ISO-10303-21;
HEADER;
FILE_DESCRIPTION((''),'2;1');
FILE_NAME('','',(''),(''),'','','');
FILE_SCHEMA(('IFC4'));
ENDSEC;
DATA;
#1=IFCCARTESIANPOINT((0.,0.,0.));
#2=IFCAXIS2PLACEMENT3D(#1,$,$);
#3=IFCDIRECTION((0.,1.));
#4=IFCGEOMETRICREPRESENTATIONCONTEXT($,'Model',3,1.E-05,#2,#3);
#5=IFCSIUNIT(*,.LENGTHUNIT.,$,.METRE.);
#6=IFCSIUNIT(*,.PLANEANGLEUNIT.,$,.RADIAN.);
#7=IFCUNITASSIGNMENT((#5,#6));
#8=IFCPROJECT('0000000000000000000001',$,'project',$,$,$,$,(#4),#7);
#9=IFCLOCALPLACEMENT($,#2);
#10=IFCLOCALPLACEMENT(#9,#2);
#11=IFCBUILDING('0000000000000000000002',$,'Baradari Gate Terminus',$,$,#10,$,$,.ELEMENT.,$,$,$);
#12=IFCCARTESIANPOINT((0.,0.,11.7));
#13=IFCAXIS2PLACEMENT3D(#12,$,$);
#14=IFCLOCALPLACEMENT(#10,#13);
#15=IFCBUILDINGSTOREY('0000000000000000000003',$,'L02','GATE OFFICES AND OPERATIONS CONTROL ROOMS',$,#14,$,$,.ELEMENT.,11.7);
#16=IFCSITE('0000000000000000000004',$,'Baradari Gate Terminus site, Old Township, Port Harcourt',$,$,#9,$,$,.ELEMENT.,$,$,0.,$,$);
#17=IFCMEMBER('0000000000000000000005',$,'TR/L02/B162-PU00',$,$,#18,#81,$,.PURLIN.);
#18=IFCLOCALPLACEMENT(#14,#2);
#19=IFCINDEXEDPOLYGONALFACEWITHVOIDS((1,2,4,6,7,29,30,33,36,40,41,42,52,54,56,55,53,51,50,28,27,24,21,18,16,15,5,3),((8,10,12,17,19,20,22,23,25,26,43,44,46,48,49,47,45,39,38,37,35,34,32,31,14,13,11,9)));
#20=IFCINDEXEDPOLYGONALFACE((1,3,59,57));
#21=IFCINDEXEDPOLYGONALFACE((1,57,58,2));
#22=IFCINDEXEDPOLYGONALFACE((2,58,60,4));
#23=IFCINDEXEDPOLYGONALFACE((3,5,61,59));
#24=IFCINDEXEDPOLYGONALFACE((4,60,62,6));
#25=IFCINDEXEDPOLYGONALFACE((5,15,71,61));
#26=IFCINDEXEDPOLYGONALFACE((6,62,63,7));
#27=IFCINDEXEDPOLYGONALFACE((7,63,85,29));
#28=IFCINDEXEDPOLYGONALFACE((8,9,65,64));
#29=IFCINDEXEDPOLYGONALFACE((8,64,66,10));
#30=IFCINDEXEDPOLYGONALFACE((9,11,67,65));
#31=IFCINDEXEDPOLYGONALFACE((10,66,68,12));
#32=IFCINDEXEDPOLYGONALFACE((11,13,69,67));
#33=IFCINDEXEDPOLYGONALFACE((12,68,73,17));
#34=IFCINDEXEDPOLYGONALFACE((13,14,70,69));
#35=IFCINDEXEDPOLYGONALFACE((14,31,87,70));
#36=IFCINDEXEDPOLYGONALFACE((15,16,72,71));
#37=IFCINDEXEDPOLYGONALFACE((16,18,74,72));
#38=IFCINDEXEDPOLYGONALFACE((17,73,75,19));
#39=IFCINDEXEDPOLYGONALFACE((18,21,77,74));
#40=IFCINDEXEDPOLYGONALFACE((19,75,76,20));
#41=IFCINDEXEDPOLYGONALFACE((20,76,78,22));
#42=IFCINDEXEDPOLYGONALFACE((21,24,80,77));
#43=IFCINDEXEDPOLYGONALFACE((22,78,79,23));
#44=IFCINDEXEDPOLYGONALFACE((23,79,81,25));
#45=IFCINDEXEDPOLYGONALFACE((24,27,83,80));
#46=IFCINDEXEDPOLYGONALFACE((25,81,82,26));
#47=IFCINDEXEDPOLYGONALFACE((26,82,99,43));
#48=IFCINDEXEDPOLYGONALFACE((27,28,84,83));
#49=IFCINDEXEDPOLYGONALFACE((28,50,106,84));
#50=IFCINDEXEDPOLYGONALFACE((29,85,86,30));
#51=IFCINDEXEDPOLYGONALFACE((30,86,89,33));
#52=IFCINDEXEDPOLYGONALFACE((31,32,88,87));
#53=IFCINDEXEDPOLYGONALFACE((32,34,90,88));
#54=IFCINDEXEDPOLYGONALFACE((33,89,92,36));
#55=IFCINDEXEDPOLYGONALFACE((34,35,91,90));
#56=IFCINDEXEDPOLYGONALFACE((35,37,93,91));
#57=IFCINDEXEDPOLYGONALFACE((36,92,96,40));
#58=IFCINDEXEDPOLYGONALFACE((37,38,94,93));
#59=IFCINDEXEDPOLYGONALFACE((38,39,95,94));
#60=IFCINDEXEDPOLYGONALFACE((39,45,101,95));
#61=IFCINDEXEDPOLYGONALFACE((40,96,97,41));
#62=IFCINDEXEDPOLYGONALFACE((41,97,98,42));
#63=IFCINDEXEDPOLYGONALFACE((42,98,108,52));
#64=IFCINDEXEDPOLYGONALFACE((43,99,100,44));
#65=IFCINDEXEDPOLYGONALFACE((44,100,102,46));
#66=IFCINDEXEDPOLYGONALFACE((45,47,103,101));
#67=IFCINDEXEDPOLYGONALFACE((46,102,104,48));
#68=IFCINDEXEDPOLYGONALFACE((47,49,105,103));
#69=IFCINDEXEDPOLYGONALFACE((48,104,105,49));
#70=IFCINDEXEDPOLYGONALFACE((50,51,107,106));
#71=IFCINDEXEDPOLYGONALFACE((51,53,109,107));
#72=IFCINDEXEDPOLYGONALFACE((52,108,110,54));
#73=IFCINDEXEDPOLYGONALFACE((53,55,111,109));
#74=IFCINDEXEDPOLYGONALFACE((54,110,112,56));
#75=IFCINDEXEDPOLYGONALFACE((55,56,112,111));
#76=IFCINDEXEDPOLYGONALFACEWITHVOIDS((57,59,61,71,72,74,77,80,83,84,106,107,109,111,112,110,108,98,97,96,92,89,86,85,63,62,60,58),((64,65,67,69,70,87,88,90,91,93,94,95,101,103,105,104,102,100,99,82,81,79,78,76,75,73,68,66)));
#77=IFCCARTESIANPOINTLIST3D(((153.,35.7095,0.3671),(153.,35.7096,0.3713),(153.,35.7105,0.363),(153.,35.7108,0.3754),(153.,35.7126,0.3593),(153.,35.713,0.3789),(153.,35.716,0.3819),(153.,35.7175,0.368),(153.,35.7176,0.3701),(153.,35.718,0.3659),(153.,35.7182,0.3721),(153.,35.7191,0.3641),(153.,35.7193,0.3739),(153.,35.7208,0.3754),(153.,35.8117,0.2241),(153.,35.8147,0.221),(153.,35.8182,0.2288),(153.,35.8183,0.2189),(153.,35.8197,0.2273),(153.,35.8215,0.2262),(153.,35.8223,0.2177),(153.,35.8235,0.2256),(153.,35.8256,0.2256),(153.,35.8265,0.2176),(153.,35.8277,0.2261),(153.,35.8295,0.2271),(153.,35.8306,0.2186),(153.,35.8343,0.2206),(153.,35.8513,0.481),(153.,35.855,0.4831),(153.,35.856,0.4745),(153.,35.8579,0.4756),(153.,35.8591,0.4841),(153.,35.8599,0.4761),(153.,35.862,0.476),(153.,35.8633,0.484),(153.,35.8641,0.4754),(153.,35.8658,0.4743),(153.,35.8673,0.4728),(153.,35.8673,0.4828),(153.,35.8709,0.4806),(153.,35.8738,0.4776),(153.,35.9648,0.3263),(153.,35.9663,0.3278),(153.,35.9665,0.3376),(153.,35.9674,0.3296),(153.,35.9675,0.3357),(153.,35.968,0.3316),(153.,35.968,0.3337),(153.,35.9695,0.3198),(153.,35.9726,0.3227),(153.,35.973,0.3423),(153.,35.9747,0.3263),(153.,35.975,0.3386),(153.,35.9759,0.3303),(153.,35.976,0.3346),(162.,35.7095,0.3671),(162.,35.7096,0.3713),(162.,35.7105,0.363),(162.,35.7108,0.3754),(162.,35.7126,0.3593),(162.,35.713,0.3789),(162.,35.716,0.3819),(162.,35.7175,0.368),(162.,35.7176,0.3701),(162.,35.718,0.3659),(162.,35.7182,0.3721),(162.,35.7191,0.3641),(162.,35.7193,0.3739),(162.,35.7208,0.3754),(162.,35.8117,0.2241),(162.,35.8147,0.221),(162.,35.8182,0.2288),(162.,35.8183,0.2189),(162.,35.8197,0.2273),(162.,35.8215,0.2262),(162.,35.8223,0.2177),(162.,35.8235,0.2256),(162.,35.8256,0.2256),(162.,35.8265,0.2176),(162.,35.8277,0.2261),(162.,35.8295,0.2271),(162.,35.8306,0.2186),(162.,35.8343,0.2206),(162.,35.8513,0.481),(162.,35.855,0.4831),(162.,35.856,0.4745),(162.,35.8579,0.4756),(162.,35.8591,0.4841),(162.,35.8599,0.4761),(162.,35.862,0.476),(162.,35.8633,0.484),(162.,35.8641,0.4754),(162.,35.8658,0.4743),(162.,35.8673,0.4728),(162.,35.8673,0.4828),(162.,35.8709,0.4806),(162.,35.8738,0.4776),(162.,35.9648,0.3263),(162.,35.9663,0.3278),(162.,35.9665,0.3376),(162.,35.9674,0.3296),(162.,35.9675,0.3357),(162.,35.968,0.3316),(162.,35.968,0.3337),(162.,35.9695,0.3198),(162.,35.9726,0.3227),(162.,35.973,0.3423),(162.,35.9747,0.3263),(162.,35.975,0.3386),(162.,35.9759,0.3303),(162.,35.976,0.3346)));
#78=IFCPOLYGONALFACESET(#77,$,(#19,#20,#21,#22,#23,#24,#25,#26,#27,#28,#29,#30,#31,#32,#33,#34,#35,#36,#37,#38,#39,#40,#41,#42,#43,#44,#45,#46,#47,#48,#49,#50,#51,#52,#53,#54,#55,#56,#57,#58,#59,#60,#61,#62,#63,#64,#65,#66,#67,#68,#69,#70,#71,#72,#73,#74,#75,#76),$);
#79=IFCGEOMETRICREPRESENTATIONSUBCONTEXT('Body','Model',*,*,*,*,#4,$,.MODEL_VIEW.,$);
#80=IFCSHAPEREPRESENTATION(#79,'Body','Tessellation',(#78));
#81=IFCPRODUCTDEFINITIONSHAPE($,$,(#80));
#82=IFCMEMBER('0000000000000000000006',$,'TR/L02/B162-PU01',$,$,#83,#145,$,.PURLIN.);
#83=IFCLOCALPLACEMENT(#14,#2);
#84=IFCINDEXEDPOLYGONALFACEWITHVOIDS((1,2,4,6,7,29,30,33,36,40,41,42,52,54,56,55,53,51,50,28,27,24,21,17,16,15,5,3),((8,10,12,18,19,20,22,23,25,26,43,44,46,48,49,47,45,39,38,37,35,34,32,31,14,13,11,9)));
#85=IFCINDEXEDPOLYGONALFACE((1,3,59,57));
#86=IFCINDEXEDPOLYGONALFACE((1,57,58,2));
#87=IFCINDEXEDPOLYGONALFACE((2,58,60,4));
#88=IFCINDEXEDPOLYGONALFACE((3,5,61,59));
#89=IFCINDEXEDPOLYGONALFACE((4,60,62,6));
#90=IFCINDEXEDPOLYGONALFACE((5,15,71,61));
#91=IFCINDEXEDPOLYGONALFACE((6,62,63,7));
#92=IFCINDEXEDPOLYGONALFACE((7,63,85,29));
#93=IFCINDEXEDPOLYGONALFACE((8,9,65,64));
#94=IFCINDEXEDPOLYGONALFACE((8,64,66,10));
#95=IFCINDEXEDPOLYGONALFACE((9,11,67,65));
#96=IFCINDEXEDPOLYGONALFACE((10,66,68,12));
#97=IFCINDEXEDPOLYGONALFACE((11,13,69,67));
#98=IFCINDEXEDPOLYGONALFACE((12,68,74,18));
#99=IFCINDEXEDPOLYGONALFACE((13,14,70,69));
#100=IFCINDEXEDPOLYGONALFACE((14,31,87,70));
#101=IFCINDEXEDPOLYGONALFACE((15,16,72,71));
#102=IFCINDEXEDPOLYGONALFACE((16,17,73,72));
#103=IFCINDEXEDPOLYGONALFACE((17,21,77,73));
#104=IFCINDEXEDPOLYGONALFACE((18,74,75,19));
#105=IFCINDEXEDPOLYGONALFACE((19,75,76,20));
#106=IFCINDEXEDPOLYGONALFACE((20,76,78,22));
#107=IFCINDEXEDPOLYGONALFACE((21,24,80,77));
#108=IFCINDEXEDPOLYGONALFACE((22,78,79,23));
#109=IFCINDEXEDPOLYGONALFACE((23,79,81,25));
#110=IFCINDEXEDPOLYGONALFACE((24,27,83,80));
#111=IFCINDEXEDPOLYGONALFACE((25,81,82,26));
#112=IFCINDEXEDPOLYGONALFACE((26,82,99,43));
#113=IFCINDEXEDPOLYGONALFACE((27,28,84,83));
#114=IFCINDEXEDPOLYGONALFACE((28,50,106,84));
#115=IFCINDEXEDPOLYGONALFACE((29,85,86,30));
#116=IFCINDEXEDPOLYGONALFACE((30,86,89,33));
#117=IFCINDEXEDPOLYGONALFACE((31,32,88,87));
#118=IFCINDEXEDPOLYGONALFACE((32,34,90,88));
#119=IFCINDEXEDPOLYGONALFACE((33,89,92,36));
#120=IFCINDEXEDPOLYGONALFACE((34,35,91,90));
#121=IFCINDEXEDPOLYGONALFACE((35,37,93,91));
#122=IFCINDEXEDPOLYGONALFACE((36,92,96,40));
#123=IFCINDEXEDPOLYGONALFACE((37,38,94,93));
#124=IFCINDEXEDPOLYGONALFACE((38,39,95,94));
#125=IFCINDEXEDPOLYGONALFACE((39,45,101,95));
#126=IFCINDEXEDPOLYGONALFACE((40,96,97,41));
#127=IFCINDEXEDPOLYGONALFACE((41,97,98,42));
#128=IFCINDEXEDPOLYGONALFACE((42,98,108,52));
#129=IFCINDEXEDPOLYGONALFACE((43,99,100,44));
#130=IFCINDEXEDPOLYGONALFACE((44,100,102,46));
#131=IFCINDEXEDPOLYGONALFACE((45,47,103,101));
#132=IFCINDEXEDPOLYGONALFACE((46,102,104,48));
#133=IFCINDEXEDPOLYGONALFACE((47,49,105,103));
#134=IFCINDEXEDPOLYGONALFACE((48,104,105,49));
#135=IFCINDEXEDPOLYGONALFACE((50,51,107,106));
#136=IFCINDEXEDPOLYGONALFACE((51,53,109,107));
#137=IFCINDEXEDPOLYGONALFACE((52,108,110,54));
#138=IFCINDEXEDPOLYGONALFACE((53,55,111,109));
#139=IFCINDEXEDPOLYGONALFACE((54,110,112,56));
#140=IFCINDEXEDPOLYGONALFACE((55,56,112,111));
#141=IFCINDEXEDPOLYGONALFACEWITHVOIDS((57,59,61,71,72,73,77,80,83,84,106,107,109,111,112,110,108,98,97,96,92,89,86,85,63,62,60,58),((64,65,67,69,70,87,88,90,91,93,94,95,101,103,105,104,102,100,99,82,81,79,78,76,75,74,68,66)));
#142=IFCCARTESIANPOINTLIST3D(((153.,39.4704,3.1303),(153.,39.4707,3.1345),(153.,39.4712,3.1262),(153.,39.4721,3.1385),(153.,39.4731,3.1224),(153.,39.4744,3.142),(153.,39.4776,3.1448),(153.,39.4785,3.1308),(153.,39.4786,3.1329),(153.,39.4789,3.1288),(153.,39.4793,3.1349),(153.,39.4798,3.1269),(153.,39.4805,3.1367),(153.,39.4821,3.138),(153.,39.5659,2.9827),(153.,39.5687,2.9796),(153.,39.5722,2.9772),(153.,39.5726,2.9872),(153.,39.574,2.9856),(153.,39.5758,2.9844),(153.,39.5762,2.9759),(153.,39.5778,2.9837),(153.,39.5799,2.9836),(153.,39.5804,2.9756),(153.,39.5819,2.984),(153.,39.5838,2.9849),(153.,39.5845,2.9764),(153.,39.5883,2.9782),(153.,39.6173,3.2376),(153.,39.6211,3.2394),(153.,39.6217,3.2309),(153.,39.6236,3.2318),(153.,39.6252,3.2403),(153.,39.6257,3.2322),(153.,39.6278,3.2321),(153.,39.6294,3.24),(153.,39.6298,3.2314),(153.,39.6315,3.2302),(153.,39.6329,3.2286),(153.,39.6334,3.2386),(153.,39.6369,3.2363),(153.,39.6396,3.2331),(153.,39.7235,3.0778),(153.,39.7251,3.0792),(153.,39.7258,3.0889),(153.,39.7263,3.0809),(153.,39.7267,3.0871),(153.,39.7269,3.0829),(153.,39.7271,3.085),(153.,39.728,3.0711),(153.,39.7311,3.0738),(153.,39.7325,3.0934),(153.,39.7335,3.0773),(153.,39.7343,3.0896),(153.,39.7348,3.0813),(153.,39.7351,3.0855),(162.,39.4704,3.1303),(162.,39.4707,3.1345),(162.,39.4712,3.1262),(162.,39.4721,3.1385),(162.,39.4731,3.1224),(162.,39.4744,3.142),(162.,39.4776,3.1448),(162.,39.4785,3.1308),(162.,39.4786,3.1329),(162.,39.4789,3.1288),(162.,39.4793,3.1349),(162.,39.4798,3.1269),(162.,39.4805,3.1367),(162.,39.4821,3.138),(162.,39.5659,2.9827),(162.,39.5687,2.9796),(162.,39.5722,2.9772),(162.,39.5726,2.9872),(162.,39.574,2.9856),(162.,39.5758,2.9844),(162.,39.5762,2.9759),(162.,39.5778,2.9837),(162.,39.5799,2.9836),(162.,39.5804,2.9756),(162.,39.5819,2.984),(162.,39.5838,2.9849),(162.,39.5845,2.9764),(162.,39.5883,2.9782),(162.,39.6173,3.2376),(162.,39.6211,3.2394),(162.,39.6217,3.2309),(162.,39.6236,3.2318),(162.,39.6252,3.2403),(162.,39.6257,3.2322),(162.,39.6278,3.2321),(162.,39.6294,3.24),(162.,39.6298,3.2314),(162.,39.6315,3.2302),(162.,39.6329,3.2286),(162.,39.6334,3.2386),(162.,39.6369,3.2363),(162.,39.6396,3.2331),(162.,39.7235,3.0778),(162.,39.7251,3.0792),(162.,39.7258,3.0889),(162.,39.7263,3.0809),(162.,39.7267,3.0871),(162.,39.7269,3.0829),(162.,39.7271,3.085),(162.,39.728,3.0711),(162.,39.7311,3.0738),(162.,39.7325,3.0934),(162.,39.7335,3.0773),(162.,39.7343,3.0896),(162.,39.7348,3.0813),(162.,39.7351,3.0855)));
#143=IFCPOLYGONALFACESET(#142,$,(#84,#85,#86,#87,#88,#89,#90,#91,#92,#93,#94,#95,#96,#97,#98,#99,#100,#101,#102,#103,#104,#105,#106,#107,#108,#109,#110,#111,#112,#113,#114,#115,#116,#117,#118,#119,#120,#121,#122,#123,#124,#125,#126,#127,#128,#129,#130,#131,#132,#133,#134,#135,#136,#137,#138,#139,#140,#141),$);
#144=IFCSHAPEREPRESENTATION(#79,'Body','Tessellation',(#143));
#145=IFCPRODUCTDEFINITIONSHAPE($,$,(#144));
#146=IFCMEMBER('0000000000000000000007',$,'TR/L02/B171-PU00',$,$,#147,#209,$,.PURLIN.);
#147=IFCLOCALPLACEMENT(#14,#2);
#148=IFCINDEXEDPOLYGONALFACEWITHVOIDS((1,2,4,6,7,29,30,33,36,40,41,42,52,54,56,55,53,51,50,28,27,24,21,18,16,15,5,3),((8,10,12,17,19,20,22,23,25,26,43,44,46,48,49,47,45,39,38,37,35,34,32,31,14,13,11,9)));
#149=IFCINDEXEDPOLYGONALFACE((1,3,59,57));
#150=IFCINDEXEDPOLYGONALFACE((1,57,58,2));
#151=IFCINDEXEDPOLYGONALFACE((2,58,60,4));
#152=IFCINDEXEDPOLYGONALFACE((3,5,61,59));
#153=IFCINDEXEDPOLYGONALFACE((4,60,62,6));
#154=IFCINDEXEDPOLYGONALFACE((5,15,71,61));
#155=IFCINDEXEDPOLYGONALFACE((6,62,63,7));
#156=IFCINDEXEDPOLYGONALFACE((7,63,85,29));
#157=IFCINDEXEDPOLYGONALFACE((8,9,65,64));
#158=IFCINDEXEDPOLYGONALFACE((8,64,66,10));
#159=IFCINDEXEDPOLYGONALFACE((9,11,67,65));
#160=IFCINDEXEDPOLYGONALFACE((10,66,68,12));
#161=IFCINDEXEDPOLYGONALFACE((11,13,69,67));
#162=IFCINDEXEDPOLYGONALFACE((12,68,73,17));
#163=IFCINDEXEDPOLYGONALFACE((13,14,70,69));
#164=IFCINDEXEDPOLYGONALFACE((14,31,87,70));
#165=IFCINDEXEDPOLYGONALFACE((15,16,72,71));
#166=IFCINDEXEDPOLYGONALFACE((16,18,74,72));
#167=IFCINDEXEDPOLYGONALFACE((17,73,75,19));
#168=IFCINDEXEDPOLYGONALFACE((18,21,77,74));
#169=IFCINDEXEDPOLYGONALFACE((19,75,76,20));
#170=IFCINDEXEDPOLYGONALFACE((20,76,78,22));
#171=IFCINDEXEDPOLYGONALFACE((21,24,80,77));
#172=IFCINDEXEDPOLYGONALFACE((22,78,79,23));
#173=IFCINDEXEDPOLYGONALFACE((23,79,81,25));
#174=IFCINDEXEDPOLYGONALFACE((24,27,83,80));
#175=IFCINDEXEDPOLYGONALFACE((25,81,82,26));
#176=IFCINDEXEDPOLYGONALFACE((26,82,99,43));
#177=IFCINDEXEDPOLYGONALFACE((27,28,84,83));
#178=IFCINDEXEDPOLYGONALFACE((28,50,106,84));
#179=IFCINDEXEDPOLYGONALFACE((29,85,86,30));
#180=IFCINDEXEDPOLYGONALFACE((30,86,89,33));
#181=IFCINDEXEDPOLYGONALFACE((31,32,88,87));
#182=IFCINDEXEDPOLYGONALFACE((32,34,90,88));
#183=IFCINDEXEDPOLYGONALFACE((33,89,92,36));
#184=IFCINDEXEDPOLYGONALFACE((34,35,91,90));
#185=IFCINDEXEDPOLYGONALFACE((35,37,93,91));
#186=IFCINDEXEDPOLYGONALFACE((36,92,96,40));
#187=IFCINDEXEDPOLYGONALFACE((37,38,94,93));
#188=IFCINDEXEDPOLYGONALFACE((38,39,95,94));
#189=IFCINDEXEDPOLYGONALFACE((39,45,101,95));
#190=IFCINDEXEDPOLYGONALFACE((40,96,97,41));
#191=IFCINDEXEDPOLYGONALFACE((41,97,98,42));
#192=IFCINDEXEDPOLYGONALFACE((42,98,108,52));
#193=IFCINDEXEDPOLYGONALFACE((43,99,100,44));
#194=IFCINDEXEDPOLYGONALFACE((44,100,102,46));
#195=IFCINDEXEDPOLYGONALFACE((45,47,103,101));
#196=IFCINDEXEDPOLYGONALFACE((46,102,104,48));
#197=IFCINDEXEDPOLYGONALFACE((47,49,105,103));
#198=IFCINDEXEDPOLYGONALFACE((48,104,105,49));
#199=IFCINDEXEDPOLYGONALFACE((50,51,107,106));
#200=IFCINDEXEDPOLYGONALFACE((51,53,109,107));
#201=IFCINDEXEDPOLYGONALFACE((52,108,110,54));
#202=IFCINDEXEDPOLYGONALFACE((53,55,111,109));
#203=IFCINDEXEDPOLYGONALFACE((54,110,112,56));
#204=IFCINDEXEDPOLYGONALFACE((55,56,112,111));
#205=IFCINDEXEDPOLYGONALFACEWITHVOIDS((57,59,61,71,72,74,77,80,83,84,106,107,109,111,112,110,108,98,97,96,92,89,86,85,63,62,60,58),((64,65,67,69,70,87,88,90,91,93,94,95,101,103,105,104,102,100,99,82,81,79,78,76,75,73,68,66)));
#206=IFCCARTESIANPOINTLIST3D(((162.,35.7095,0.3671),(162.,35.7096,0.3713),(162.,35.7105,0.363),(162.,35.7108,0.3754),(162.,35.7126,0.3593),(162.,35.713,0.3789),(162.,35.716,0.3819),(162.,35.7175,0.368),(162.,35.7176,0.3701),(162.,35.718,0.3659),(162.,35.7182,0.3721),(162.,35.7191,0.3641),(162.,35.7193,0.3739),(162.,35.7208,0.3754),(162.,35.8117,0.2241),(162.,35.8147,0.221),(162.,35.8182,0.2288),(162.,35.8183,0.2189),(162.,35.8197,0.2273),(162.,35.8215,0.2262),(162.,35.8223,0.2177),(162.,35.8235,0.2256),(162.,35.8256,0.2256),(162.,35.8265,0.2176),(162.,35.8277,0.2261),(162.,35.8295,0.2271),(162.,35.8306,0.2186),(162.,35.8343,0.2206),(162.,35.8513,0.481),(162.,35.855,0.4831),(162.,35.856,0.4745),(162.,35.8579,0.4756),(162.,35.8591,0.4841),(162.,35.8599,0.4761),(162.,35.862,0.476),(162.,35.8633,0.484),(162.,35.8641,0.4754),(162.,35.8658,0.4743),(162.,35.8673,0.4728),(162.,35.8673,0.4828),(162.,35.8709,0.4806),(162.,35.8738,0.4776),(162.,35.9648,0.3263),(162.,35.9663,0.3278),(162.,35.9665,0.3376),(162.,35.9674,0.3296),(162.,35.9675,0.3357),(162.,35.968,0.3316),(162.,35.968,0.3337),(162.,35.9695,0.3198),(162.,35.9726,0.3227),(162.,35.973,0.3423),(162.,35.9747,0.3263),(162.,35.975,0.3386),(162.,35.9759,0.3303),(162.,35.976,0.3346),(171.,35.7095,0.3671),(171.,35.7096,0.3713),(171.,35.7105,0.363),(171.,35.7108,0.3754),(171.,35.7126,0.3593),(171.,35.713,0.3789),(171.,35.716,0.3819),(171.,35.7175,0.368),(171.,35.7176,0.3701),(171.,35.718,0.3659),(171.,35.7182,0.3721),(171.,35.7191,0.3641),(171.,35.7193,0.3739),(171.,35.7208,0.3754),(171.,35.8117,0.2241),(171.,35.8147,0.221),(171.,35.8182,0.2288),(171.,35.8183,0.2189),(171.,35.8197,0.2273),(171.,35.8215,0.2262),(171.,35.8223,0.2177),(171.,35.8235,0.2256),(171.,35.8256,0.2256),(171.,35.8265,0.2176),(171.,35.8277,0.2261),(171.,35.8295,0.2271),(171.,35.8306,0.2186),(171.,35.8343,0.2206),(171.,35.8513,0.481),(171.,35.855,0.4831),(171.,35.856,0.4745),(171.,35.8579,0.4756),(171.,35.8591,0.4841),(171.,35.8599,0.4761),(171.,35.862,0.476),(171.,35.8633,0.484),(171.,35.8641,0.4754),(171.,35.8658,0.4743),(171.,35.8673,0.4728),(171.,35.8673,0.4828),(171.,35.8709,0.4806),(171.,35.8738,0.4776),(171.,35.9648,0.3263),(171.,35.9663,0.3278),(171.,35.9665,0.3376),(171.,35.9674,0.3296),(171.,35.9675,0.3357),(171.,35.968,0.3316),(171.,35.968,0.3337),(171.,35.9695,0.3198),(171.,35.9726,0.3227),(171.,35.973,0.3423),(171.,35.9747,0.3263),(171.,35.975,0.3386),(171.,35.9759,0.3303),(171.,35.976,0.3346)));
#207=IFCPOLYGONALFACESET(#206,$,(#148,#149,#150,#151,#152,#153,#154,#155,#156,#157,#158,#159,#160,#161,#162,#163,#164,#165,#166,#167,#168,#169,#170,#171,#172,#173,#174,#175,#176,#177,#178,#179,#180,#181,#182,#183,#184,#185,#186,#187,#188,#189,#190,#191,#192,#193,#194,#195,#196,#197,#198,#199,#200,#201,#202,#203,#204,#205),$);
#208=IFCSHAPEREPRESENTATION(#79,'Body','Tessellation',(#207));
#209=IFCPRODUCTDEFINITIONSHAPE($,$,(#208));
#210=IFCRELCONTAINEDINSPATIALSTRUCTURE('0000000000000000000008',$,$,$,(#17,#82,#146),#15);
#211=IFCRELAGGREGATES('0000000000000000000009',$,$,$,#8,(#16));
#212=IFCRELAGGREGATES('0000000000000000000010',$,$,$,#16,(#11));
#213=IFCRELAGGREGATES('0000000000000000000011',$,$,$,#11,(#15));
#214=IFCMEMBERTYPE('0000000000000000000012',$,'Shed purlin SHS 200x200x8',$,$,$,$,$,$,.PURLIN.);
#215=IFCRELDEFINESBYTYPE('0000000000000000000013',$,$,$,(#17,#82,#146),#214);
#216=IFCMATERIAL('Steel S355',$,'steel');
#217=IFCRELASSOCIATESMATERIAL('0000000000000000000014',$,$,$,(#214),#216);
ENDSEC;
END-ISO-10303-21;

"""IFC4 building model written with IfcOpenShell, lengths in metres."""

from ifc_helpers import new_model, si_unit, direction, frame, origin, origin_2d, place, context, subcontext, project, spatial, hollow_rectangle, extrude, material, material_profile, profile_set, type_object, element, save


model = new_model("IFC4")

# Units and contexts
model_context = context("Model", 3, precision=1e-05, world=origin(), true_north=direction((0.0, 1.0)))
body_context = subcontext(model_context, "Body", "Model", "MODEL_VIEW")
ifc_project = project(units=[si_unit("LENGTHUNIT", "METRE"), si_unit("PLANEANGLEUNIT", "RADIAN")], contexts=[model_context])

# Site, building, storey
site_placement = place(None, origin())
site = spatial("IfcSite", under=ifc_project, at=site_placement, Name="Baradari Gate Terminus site, Old Township, Port Harcourt", CompositionType="ELEMENT", RefElevation=0.0)
building_placement = place(site_placement, origin())
building = spatial("IfcBuilding", under=site, at=building_placement, Name="Baradari Gate Terminus", CompositionType="ELEMENT")
storey_placement = place(building_placement, frame((0.0, 0.0, 11.7)))
storey = spatial("IfcBuildingStorey", under=building, at=storey_placement, Name="L02", Description="GATE OFFICES AND OPERATIONS CONTROL ROOMS", CompositionType="ELEMENT", Elevation=11.7)

# Members
ifc_material_1 = material(Name="Steel S355", Category="steel")
ifc_material_profile_1 = material_profile(ifc_material_1, hollow_rectangle(XDim=0.2, YDim=0.2, WallThickness=0.0081, InnerFilletRadius=0.0081, OuterFilletRadius=0.0161, at=origin_2d()), Name="SHS 200x200x8")
ifc_profile_set_1 = profile_set([ifc_material_profile_1], Name="Steel S355")
member_type_1 = type_object("IfcMemberType", Name="Shed purlin SHS 200x200x8", PredefinedType="PURLIN", material=ifc_profile_set_1)
for number, where, z_axis, x_axis, name in (
    (1, (153.0, 35.8428, 0.3508), (1.0, 0.0, 0.0), (0.0, 0.806405, 0.591364), "TR/L02/B162-PU00"),
    (2, (153.0, 39.6028, 3.1079), (1.0, 0.0, 0.0), (0.0, 0.832836, 0.553519), "TR/L02/B162-PU01"),
    (3, (162.0, 35.8428, 0.3508), (1.0, 0.0, 0.0), (0.0, 0.806405, 0.591364), "TR/L02/B171-PU00"),
):
    element("IfcMember", number, at=place(storey_placement, frame(where, z_axis=z_axis, x_axis=x_axis)), inside=storey, type_object=member_type_1, Name=name, PredefinedType="PURLIN", context=body_context, shape_type="SweptSolid", body=[
        extrude(hollow_rectangle(XDim=0.2, YDim=0.2, WallThickness=0.0081, InnerFilletRadius=0.0081, OuterFilletRadius=0.0161, at=origin_2d()), origin(), (0.0, 0.0, 1.0), 9.0),
    ])

save(model, "model.ifc")
